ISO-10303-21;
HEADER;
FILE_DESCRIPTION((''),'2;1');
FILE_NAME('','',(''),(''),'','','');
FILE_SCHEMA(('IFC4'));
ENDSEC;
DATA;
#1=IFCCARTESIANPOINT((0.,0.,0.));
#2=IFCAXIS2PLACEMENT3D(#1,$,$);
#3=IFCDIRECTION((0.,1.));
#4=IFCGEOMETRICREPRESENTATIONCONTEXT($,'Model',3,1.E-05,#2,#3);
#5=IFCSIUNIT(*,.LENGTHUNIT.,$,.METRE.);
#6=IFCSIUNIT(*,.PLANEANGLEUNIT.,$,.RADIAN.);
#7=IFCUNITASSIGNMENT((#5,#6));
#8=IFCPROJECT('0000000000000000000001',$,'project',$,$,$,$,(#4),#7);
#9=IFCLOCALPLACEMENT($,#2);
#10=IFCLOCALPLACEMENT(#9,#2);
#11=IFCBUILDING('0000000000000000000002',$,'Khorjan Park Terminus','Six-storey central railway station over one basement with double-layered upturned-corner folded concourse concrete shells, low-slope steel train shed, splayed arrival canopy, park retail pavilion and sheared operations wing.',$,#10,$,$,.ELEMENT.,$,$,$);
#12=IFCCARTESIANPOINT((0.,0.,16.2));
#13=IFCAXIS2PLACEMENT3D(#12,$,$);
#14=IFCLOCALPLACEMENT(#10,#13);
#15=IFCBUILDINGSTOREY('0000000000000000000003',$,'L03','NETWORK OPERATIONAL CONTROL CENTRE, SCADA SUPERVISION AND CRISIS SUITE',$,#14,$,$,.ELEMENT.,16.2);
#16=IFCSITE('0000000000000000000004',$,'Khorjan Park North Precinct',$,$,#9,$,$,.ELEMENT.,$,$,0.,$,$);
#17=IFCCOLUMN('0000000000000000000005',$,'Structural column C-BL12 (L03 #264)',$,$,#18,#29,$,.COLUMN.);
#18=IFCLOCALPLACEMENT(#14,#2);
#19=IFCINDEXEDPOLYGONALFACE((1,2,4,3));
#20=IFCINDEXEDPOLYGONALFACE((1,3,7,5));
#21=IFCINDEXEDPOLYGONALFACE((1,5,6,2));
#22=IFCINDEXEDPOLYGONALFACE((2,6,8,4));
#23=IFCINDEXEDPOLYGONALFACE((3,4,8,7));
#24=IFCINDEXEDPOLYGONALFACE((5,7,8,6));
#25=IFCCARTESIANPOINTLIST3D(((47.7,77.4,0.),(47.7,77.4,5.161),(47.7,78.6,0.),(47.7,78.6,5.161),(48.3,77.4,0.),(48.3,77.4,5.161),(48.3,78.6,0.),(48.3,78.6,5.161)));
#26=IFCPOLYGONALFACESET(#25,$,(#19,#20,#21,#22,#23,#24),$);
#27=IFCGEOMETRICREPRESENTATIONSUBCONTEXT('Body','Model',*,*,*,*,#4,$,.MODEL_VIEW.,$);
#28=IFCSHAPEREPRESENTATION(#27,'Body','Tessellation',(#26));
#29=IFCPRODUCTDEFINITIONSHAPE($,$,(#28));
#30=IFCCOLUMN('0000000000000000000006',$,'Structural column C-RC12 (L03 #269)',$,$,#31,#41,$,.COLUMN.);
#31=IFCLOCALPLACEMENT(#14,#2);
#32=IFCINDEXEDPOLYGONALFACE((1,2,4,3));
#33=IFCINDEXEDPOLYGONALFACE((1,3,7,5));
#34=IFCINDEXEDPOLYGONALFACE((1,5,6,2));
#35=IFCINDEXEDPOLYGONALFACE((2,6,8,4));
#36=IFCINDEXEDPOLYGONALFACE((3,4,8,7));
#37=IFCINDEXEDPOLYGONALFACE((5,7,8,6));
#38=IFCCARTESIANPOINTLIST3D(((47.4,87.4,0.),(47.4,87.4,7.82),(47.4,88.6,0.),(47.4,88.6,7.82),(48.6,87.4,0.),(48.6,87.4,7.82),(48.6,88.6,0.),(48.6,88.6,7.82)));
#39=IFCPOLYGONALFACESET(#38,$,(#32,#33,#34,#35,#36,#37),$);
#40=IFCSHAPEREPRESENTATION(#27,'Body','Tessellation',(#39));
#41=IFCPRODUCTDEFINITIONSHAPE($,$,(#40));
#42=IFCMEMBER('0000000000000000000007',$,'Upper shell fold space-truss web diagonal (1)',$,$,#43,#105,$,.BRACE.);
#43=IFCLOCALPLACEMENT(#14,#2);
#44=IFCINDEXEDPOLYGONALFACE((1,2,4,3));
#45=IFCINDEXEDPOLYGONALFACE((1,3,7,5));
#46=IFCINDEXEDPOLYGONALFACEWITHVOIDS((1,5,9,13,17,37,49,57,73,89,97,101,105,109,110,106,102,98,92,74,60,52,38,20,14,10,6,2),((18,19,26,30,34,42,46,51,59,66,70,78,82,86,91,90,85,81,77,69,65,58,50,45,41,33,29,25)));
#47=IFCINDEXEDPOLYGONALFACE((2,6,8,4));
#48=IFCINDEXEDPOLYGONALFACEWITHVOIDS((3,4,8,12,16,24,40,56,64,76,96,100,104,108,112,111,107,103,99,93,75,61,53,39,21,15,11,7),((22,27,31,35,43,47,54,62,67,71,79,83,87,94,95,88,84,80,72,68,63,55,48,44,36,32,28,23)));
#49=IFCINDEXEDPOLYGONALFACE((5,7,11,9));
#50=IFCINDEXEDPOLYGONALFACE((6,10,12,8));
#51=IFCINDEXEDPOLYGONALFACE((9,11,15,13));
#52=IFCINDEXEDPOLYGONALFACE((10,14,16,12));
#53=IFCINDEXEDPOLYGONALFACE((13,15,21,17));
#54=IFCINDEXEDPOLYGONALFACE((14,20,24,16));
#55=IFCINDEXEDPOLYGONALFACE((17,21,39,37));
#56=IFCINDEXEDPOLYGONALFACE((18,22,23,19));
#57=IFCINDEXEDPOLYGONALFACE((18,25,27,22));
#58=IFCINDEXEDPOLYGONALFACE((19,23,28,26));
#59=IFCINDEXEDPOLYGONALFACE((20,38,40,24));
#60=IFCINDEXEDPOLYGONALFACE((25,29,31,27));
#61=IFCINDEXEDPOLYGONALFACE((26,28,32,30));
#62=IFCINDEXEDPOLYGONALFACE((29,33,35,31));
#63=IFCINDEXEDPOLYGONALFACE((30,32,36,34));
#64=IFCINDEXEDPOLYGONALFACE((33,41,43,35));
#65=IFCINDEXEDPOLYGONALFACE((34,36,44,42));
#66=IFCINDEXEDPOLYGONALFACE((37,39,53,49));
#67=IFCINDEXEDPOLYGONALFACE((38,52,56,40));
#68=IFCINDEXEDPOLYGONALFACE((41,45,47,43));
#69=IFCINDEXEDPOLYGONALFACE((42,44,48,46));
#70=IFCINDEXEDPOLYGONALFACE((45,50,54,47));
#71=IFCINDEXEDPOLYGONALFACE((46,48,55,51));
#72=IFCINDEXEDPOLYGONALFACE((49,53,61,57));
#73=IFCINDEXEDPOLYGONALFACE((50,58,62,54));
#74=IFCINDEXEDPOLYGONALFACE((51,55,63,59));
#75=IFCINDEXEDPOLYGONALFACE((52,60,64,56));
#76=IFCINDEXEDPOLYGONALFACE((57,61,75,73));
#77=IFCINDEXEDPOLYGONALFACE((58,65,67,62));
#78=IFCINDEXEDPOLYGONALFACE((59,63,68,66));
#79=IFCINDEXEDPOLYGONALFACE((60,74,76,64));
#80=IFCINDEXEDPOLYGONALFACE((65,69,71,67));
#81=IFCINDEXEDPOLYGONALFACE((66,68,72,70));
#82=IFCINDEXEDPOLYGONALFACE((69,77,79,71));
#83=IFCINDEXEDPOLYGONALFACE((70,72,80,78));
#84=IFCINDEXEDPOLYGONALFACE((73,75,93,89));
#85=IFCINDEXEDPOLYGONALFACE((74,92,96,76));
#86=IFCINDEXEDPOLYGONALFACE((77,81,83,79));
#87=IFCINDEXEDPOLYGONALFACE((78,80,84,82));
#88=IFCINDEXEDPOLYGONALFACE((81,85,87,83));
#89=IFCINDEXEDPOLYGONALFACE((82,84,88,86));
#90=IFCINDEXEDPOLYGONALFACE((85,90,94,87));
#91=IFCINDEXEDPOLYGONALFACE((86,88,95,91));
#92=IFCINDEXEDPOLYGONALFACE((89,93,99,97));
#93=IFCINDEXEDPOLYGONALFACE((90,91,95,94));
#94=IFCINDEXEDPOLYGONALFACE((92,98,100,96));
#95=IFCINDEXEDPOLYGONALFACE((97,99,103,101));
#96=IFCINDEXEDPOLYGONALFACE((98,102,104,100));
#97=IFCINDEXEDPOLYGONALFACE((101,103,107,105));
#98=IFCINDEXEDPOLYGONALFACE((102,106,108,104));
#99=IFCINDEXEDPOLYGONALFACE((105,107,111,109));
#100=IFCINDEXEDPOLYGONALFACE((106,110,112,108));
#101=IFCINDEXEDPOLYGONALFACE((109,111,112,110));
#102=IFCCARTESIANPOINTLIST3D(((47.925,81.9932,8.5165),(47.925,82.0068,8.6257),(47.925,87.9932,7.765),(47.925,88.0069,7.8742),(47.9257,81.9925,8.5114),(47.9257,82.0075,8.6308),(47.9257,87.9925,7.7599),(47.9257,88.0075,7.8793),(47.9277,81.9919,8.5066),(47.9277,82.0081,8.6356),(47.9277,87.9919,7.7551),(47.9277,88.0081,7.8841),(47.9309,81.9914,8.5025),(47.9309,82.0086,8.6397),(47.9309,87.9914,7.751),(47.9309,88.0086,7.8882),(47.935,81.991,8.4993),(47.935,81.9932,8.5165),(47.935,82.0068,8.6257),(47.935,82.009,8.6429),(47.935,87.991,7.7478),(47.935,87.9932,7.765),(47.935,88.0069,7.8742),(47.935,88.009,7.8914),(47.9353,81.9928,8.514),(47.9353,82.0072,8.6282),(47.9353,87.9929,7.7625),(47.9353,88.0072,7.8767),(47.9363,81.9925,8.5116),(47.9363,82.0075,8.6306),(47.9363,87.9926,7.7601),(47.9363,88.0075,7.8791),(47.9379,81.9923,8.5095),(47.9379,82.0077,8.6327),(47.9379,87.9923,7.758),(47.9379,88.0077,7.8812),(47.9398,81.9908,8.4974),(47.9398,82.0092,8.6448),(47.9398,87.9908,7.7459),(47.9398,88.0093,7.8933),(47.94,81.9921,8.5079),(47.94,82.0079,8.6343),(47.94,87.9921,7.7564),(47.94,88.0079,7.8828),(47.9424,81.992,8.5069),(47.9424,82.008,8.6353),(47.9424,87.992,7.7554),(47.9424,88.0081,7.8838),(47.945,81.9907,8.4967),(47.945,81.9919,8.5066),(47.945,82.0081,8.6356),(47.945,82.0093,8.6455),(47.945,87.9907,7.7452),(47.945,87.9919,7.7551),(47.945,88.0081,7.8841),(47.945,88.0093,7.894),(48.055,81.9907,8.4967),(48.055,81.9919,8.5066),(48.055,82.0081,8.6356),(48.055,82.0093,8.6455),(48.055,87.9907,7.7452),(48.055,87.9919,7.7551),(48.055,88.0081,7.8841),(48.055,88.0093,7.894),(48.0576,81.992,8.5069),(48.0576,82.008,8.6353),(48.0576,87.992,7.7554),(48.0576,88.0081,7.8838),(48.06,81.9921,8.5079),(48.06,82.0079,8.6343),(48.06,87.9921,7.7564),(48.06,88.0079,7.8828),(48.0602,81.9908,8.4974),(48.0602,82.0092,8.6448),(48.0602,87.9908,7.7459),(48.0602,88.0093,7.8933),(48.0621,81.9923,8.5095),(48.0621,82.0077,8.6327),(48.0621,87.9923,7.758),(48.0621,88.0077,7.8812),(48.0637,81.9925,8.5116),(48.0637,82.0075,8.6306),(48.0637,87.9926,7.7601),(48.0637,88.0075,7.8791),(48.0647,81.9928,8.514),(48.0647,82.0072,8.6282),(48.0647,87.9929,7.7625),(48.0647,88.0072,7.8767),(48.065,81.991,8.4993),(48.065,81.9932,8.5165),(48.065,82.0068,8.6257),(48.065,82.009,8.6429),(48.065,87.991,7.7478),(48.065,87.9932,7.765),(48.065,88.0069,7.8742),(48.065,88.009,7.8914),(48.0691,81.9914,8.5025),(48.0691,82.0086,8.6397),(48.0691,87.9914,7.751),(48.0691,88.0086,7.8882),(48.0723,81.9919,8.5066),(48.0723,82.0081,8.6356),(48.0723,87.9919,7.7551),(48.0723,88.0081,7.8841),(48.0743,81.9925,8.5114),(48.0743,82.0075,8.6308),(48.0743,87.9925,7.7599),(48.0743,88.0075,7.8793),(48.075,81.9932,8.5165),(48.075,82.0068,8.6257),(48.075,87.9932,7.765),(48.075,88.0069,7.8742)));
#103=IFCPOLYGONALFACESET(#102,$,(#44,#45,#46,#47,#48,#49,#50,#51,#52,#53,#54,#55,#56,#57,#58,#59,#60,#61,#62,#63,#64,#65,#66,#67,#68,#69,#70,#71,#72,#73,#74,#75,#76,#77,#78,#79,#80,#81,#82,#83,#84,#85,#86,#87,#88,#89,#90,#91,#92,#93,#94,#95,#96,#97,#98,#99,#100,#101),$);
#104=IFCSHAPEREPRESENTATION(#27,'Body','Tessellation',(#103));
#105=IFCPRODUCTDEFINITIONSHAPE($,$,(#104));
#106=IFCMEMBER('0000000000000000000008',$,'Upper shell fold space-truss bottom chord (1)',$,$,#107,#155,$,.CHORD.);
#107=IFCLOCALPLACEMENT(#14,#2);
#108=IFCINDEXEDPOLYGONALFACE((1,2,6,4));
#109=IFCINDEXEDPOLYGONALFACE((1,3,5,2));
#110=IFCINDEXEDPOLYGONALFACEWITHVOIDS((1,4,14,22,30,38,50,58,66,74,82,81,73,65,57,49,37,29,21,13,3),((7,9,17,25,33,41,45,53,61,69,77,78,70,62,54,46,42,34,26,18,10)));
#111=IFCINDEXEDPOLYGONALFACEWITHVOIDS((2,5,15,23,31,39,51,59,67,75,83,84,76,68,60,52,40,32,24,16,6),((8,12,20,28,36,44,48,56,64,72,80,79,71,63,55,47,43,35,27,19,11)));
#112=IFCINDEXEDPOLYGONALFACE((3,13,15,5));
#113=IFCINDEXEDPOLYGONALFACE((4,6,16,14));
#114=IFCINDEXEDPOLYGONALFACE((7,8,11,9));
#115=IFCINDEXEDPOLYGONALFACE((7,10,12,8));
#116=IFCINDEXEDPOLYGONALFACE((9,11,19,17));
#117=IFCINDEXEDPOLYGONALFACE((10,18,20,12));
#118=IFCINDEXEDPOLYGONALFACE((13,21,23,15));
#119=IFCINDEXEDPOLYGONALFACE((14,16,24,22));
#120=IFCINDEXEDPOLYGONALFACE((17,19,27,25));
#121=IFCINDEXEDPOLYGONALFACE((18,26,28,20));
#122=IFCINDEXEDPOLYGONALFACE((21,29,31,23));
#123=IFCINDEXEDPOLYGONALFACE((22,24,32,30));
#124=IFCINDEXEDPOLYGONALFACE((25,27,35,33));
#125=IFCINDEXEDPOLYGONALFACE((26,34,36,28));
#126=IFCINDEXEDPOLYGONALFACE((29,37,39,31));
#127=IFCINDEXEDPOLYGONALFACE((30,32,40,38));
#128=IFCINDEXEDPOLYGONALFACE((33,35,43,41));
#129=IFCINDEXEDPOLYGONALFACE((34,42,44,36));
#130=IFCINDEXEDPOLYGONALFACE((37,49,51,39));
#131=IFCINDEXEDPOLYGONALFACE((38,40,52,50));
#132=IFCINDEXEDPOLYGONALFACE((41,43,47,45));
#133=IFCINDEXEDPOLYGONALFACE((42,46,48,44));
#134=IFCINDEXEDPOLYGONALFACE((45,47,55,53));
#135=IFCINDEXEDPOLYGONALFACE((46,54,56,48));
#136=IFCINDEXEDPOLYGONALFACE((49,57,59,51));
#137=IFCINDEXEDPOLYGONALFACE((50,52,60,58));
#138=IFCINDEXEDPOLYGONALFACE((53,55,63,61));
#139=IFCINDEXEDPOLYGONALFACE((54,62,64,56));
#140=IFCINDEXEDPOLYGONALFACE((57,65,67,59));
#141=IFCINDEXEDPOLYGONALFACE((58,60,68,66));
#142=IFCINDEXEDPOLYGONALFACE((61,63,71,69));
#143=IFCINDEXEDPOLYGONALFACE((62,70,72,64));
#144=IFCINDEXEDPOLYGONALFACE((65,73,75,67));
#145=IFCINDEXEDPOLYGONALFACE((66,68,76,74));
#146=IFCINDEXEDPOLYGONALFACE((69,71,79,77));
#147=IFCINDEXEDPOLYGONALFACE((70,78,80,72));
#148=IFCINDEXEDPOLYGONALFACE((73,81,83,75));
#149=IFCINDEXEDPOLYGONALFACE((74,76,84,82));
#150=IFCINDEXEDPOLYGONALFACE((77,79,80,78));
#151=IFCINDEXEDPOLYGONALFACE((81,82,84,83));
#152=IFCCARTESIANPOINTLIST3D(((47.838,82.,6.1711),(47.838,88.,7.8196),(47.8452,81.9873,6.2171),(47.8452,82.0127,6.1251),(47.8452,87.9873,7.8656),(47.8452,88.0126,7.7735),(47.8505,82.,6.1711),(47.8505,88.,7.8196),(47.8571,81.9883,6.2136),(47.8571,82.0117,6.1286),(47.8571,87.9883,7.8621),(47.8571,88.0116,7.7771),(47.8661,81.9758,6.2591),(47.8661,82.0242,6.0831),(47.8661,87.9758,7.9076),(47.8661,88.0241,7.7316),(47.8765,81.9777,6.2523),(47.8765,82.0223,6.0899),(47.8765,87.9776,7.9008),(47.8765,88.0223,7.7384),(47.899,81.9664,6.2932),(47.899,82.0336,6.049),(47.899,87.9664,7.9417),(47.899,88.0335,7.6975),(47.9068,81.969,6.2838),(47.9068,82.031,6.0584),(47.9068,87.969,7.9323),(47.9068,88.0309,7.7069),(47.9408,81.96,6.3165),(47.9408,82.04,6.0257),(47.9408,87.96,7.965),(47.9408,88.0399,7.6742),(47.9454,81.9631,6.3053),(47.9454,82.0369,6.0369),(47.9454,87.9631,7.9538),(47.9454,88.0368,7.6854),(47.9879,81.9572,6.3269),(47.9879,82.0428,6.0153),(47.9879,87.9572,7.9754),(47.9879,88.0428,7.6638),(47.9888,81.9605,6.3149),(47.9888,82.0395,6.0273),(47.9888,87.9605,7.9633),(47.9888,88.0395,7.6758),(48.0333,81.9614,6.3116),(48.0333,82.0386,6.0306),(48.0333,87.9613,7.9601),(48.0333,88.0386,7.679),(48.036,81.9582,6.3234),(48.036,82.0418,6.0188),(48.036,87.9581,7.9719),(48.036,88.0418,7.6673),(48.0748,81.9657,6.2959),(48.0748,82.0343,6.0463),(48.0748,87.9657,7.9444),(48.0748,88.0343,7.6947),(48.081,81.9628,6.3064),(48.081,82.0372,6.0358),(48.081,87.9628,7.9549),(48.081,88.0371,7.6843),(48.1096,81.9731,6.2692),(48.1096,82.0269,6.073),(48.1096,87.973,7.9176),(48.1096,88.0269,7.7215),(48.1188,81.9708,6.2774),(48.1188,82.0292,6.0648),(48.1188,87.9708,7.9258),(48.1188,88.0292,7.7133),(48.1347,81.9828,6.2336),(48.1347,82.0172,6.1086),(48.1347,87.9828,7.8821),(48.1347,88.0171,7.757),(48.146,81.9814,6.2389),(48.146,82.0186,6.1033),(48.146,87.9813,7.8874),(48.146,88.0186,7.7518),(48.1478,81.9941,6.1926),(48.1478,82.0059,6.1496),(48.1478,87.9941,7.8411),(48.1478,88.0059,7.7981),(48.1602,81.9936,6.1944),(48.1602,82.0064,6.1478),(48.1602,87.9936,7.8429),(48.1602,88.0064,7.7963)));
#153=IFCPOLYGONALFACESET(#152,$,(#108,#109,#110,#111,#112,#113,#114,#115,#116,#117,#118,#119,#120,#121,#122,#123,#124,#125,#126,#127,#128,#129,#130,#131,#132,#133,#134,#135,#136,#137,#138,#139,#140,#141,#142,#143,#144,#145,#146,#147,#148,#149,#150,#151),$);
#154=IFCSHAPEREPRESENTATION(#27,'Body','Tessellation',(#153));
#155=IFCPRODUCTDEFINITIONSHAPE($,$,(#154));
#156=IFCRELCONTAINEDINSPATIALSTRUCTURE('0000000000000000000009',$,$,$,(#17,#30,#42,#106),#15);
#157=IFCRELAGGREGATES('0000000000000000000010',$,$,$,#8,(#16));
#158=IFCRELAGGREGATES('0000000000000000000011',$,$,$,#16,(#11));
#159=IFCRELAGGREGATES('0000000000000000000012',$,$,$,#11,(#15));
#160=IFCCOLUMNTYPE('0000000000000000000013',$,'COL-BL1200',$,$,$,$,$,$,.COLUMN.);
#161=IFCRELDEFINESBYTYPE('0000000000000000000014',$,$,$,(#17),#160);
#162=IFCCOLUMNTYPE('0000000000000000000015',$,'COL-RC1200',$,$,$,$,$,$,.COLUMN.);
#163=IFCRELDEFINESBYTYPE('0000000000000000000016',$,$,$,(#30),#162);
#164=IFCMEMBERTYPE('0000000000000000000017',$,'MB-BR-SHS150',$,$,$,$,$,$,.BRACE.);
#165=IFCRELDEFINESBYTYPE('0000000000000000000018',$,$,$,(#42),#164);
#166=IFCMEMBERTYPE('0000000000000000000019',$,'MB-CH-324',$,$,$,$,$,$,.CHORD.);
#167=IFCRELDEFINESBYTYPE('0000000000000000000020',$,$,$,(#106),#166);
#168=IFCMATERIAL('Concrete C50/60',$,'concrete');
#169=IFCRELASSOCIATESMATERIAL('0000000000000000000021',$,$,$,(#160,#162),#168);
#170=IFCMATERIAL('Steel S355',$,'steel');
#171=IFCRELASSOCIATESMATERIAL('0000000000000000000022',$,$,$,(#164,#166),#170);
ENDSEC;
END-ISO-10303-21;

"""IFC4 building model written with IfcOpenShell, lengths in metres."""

from ifc_helpers import new_model, si_unit, direction, frame, origin, origin_2d, place, context, subcontext, project, spatial, rectangle, hollow_rectangle, hollow_circle, extrude, material, material_profile, profile_set, type_object, element, save


model = new_model("IFC4")

# Units and contexts
model_context = context("Model", 3, precision=1e-05, world=origin(), true_north=direction((0.0, 1.0)))
body_context = subcontext(model_context, "Body", "Model", "MODEL_VIEW")
ifc_project = project(units=[si_unit("LENGTHUNIT", "METRE"), si_unit("PLANEANGLEUNIT", "RADIAN")], contexts=[model_context])

# Site, building, storey
site_placement = place(None, origin())
site = spatial("IfcSite", under=ifc_project, at=site_placement, Name="Khorjan Park North Precinct", CompositionType="ELEMENT", RefElevation=0.0)
building_placement = place(site_placement, origin())
building = spatial("IfcBuilding", under=site, at=building_placement, Name="Khorjan Park Terminus", Description="Six-storey central railway station over one basement with double-layered upturned-corner folded concourse concrete shells, low-slope steel train shed, splayed arrival canopy, park retail pavilion and sheared operations wing.", CompositionType="ELEMENT")
storey_placement = place(building_placement, frame((0.0, 0.0, 16.2)))
storey = spatial("IfcBuildingStorey", under=building, at=storey_placement, Name="L03", Description="NETWORK OPERATIONAL CONTROL CENTRE, SCADA SUPERVISION AND CRISIS SUITE", CompositionType="ELEMENT", Elevation=16.2)

# Columns
ifc_material_1 = material(Name="Concrete C50/60", Category="concrete")
ifc_material_profile_1 = material_profile(ifc_material_1, rectangle(XDim=0.6, YDim=1.2, at=origin_2d()), Name="RC 600x1200")
ifc_profile_set_1 = profile_set([ifc_material_profile_1], Name="Concrete C50/60")
column_type_1 = type_object("IfcColumnType", Name="COL-BL1200", PredefinedType="COLUMN", material=ifc_profile_set_1)
column_1_placement = place(storey_placement, frame((48.0, 78.0, 0.0), z_axis=(0.0, 0.0, 1.0), x_axis=(1.0, 0.0, 0.0)))
element("IfcColumn", 1, at=column_1_placement, inside=storey, type_object=column_type_1, Name="Structural column C-BL12 (L03 #264)", PredefinedType="COLUMN", context=body_context, shape_type="SweptSolid", body=[
    extrude(rectangle(XDim=0.6, YDim=1.2, at=origin_2d()), origin(), (0.0, 0.0, 1.0), 5.161),
])
ifc_material_profile_2 = material_profile(ifc_material_1, rectangle(XDim=1.2, YDim=1.2, at=origin_2d()), Name="RC 1200x1200")
ifc_profile_set_2 = profile_set([ifc_material_profile_2], Name="Concrete C50/60")
column_type_2 = type_object("IfcColumnType", Name="COL-RC1200", PredefinedType="COLUMN", material=ifc_profile_set_2)
column_2_placement = place(storey_placement, frame((48.0, 88.0, 0.0), z_axis=(0.0, 0.0, 1.0), x_axis=(1.0, 0.0, 0.0)))
element("IfcColumn", 2, at=column_2_placement, inside=storey, type_object=column_type_2, Name="Structural column C-RC12 (L03 #269)", PredefinedType="COLUMN", context=body_context, shape_type="SweptSolid", body=[
    extrude(rectangle(XDim=1.2, YDim=1.2, at=origin_2d()), origin(), (0.0, 0.0, 1.0), 7.82),
])

# Members
ifc_material_2 = material(Name="Steel S355", Category="steel")
ifc_material_profile_3 = material_profile(ifc_material_2, hollow_rectangle(XDim=0.15, YDim=0.15, WallThickness=0.01, InnerFilletRadius=0.01, OuterFilletRadius=0.02, at=origin_2d()), Name="SHS 150x150x10")
ifc_profile_set_3 = profile_set([ifc_material_profile_3], Name="Steel S355")
member_type_1 = type_object("IfcMemberType", Name="MB-BR-SHS150", PredefinedType="BRACE", material=ifc_profile_set_3)
member_1_placement = place(storey_placement, frame((48.0, 82.0, 8.5711), z_axis=(0.0, 0.992247, -0.124279), x_axis=(-1.0, 0.0, 0.0)))
element("IfcMember", 3, at=member_1_placement, inside=storey, type_object=member_type_1, Name="Upper shell fold space-truss web diagonal (1)", PredefinedType="BRACE", context=body_context, shape_type="SweptSolid", body=[
    extrude(hollow_rectangle(XDim=0.15, YDim=0.15, WallThickness=0.01, InnerFilletRadius=0.01, OuterFilletRadius=0.02, at=origin_2d()), origin(), (0.0, 0.0, 1.0), 6.0469),
])
ifc_material_profile_4 = material_profile(ifc_material_2, hollow_circle(Radius=0.162, WallThickness=0.0125, at=origin_2d()), Name="CHS 323.9x12.5")
ifc_profile_set_4 = profile_set([ifc_material_profile_4], Name="Steel S355")
member_type_2 = type_object("IfcMemberType", Name="MB-CH-324", PredefinedType="CHORD", material=ifc_profile_set_4)
member_2_placement = place(storey_placement, frame((48.0, 82.0, 6.1711), z_axis=(0.0, 0.964267, 0.264932), x_axis=(-1.0, 0.0, 0.0)))
element("IfcMember", 4, at=member_2_placement, inside=storey, type_object=member_type_2, Name="Upper shell fold space-truss bottom chord (1)", PredefinedType="CHORD", context=body_context, shape_type="SweptSolid", body=[
    extrude(hollow_circle(Radius=0.162, WallThickness=0.0125, at=origin_2d()), origin(), (0.0, 0.0, 1.0), 6.2223),
])

save(model, "model.ifc")
